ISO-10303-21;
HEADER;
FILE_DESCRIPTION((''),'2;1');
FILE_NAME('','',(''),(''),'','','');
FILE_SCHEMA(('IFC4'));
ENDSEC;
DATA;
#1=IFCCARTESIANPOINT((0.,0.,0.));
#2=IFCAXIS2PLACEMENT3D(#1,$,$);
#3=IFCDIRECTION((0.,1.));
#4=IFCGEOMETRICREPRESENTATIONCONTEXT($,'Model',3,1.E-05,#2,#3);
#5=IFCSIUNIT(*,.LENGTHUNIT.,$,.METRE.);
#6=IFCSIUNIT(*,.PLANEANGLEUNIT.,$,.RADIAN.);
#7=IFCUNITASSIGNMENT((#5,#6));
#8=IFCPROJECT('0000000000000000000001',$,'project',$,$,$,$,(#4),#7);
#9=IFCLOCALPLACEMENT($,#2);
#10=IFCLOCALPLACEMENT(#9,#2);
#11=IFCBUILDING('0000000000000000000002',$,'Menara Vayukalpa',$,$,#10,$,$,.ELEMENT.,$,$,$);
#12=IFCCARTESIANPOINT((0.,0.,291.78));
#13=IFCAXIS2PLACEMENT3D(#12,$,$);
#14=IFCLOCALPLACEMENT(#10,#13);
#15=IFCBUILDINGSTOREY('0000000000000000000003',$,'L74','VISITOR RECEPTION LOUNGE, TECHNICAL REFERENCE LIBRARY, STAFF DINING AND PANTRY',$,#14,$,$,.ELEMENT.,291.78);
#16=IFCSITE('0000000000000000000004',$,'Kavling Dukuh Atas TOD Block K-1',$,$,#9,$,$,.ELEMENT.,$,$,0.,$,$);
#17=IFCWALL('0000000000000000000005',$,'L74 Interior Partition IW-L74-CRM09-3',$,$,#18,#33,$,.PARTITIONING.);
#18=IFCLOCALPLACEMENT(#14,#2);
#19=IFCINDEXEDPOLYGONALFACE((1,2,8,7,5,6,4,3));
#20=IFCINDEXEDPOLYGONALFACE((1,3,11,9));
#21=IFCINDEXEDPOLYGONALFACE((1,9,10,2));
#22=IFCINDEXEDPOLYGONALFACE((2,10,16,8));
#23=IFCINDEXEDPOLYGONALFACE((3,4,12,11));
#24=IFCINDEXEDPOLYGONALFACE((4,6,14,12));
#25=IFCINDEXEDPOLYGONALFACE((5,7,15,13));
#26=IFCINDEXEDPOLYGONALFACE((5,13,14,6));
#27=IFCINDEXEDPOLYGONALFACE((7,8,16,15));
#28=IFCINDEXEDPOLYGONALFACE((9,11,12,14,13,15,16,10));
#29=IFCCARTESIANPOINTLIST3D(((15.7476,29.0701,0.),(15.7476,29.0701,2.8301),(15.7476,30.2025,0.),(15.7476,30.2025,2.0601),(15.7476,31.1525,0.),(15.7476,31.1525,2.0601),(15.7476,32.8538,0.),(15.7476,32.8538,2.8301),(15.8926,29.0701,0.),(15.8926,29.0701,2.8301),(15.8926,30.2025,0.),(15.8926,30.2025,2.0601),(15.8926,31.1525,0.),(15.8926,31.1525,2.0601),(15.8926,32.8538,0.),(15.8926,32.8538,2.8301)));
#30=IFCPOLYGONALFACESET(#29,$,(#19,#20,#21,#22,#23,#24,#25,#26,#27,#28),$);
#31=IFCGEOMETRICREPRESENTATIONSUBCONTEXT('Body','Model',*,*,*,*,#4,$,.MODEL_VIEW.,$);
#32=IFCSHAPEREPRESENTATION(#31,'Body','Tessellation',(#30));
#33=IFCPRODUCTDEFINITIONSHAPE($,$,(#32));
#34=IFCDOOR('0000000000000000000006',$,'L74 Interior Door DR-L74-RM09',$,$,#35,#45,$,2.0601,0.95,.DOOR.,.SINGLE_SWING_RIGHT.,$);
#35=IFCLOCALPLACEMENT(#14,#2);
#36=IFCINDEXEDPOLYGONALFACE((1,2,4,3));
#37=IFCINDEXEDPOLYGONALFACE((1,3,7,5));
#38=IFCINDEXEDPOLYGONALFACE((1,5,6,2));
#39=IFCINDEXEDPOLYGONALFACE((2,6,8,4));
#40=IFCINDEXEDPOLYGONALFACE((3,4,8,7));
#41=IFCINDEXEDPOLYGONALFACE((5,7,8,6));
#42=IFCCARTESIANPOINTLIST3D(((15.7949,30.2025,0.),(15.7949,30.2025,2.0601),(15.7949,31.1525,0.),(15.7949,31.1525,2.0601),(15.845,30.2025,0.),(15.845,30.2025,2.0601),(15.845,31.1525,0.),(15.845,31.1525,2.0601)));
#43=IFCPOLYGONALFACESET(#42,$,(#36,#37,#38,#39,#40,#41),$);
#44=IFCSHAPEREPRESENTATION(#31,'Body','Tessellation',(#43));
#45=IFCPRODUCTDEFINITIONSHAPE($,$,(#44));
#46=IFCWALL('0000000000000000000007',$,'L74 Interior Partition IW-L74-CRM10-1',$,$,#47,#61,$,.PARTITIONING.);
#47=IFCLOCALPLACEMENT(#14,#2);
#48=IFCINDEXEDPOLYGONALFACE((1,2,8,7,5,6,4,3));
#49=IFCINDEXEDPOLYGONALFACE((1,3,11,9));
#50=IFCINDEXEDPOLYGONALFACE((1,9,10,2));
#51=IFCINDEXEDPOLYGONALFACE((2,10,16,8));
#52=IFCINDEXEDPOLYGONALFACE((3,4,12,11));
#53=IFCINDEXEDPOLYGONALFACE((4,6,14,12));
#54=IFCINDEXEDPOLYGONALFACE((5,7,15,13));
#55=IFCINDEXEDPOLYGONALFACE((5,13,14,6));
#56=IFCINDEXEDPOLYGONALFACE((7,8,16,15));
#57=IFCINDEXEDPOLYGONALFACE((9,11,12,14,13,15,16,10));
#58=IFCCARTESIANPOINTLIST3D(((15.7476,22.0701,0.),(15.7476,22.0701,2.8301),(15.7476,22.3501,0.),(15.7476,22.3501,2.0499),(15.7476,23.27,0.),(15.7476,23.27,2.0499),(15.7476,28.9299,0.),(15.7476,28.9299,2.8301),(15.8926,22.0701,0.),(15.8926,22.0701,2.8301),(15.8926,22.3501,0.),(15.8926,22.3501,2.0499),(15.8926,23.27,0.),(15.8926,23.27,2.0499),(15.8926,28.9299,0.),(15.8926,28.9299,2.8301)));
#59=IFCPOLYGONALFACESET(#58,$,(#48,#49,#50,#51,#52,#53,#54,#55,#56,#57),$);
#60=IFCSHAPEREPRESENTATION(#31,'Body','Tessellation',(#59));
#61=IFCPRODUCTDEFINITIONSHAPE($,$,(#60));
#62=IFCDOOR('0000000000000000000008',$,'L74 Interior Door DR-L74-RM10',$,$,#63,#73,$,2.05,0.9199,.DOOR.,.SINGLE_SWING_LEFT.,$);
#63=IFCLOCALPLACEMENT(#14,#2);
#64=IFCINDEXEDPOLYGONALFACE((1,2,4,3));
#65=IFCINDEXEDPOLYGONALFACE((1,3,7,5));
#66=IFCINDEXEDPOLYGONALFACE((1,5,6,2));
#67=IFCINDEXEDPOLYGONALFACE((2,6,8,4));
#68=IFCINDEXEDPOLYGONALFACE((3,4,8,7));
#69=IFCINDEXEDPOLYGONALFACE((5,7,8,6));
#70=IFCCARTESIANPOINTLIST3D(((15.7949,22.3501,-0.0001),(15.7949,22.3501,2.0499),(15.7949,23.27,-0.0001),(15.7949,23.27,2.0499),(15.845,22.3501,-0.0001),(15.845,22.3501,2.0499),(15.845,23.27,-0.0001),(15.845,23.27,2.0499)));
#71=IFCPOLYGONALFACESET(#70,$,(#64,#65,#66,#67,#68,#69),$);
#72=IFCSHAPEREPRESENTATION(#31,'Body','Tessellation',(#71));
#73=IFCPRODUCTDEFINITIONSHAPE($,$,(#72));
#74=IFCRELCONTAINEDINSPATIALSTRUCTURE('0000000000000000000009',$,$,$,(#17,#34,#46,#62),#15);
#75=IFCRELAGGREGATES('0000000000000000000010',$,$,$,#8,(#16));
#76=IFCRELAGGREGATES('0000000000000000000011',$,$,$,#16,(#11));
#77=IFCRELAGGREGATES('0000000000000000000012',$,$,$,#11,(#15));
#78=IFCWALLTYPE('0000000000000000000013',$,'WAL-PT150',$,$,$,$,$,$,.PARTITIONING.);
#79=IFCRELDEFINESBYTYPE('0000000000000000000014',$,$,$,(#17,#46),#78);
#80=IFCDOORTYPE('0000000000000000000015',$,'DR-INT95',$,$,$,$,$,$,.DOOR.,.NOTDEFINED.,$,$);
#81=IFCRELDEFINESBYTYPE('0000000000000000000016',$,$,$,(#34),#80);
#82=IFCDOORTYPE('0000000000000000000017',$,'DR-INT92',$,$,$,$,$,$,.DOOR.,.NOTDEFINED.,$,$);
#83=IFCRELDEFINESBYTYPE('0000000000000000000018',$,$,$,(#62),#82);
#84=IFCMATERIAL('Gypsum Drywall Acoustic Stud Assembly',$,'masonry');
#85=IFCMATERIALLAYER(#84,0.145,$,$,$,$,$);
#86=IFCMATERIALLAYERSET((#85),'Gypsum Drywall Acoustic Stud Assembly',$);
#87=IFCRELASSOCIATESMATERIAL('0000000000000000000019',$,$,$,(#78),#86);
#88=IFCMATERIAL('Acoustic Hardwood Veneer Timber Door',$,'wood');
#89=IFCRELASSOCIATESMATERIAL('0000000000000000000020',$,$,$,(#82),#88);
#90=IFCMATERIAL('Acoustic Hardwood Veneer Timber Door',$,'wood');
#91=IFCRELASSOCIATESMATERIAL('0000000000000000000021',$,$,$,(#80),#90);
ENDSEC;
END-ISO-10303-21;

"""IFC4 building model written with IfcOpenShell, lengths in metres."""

from ifc_helpers import new_model, si_unit, direction, frame, frame_2d, origin, place, context, subcontext, project, spatial, rectangle, extrude, material, layer, layer_set, type_object, element, fill, save


model = new_model("IFC4")

# Units and contexts
model_context = context("Model", 3, precision=1e-05, world=origin(), true_north=direction((0.0, 1.0)))
body_context = subcontext(model_context, "Body", "Model", "MODEL_VIEW")
ifc_project = project(units=[si_unit("LENGTHUNIT", "METRE"), si_unit("PLANEANGLEUNIT", "RADIAN")], contexts=[model_context])

# Site, building, storey
site_placement = place(None, origin())
site = spatial("IfcSite", under=ifc_project, at=site_placement, Name="Kavling Dukuh Atas TOD Block K-1", CompositionType="ELEMENT", RefElevation=0.0)
building_placement = place(site_placement, origin())
building = spatial("IfcBuilding", under=site, at=building_placement, Name="Menara Vayukalpa", CompositionType="ELEMENT")
storey_placement = place(building_placement, frame((0.0, 0.0, 291.78)))
storey = spatial("IfcBuildingStorey", under=building, at=storey_placement, Name="L74", Description="VISITOR RECEPTION LOUNGE, TECHNICAL REFERENCE LIBRARY, STAFF DINING AND PANTRY", CompositionType="ELEMENT", Elevation=291.78)

# Shared definitions
ifc_material_1 = material(Name="Gypsum Drywall Acoustic Stud Assembly", Category="masonry")
ifc_layer_1 = layer(ifc_material_1, 0.145)
ifc_layer_set_1 = layer_set([ifc_layer_1], Name="Gypsum Drywall Acoustic Stud Assembly")
wall_type_1 = type_object("IfcWallType", Name="WAL-PT150", PredefinedType="PARTITIONING", material=ifc_layer_set_1)
ifc_material_2 = material(Name="Acoustic Hardwood Veneer Timber Door", Category="wood")
door_type_1 = type_object("IfcDoorType", Name="DR-INT92", OperationType="NOTDEFINED", PredefinedType="DOOR", material=ifc_material_2)

# Walls, openings, doors
wall_1_placement = place(storey_placement, frame((15.8201, 32.8538, 0.0), z_axis=(0.0, 0.0, 1.0), x_axis=(0.0, -1.0, 0.0)))
wall_1 = element("IfcWall", 1, at=wall_1_placement, inside=storey, type_object=wall_type_1, Name="L74 Interior Partition IW-L74-CRM09-3", PredefinedType="PARTITIONING", context=body_context, shape_type="SweptSolid", body=[
    extrude(rectangle(XDim=3.7837, YDim=0.145, at=frame_2d((1.8918, 0.0))), origin(), (0.0, 0.0, 1.0), 2.8301),
])
opening_1_placement = place(wall_1_placement, frame((1.7012, 0.0, 0.0)))
opening_1 = element("IfcOpeningElement", 2, at=opening_1_placement, cuts=wall_1, PredefinedType="OPENING", context=body_context, shape_type="SweptSolid", body=[
    extrude(rectangle(XDim=0.95, YDim=2.0601, at=frame_2d((0.4751, 1.03))), frame((0.0, 0.0825, 0.0), z_axis=(0.0, -1.0, 0.0), x_axis=(1.0, 0.0, 0.0)), (0.0, 0.0, 1.0), 0.165),
])
ifc_material_3 = material(Name="Acoustic Hardwood Veneer Timber Door", Category="wood")
door_type_2 = type_object("IfcDoorType", Name="DR-INT95", OperationType="NOTDEFINED", PredefinedType="DOOR", material=ifc_material_3)
door_1_placement = place(opening_1_placement, origin())
door_1 = element("IfcDoor", 3, at=door_1_placement, inside=storey, type_object=door_type_2, Name="L74 Interior Door DR-L74-RM09", OperationType="SINGLE_SWING_RIGHT", OverallHeight=2.0601, OverallWidth=0.95, PredefinedType="DOOR", context=body_context, shape_type="SweptSolid", body=[
    extrude(rectangle(XDim=0.95, YDim=2.0601, at=frame_2d((0.4751, 1.03))), frame((0.0, 0.0249, 0.0), z_axis=(0.0, -1.0, 0.0), x_axis=(1.0, 0.0, 0.0)), (0.0, 0.0, 1.0), 0.05),
])
fill(opening_1, door_1)
wall_2_placement = place(storey_placement, frame((15.8201, 28.9299, 0.0), z_axis=(0.0, 0.0, 1.0), x_axis=(0.0, -1.0, 0.0)))
wall_2 = element("IfcWall", 4, at=wall_2_placement, inside=storey, type_object=wall_type_1, Name="L74 Interior Partition IW-L74-CRM10-1", PredefinedType="PARTITIONING", context=body_context, shape_type="SweptSolid", body=[
    extrude(rectangle(XDim=6.8599, YDim=0.145, at=frame_2d((3.4299, 0.0))), origin(), (0.0, 0.0, 1.0), 2.8301),
])
opening_2_placement = place(wall_2_placement, frame((5.6599, 0.0, 0.0)))
opening_2 = element("IfcOpeningElement", 5, at=opening_2_placement, cuts=wall_2, PredefinedType="OPENING", context=body_context, shape_type="SweptSolid", body=[
    extrude(rectangle(XDim=0.9199, YDim=2.05, at=frame_2d((0.46, 1.0249))), frame((0.0, 0.0825, 0.0), z_axis=(0.0, -1.0, 0.0), x_axis=(1.0, 0.0, 0.0)), (0.0, 0.0, 1.0), 0.165),
])
door_2_placement = place(opening_2_placement, origin())
door_2 = element("IfcDoor", 6, at=door_2_placement, inside=storey, type_object=door_type_1, Name="L74 Interior Door DR-L74-RM10", OperationType="SINGLE_SWING_LEFT", OverallHeight=2.05, OverallWidth=0.9199, PredefinedType="DOOR", context=body_context, shape_type="SweptSolid", body=[
    extrude(rectangle(XDim=0.9199, YDim=2.05, at=frame_2d((0.46, 1.0249))), frame((0.0, 0.0249, 0.0), z_axis=(0.0, -1.0, 0.0), x_axis=(1.0, 0.0, 0.0)), (0.0, 0.0, 1.0), 0.05),
])
fill(opening_2, door_2)

save(model, "model.ifc")
